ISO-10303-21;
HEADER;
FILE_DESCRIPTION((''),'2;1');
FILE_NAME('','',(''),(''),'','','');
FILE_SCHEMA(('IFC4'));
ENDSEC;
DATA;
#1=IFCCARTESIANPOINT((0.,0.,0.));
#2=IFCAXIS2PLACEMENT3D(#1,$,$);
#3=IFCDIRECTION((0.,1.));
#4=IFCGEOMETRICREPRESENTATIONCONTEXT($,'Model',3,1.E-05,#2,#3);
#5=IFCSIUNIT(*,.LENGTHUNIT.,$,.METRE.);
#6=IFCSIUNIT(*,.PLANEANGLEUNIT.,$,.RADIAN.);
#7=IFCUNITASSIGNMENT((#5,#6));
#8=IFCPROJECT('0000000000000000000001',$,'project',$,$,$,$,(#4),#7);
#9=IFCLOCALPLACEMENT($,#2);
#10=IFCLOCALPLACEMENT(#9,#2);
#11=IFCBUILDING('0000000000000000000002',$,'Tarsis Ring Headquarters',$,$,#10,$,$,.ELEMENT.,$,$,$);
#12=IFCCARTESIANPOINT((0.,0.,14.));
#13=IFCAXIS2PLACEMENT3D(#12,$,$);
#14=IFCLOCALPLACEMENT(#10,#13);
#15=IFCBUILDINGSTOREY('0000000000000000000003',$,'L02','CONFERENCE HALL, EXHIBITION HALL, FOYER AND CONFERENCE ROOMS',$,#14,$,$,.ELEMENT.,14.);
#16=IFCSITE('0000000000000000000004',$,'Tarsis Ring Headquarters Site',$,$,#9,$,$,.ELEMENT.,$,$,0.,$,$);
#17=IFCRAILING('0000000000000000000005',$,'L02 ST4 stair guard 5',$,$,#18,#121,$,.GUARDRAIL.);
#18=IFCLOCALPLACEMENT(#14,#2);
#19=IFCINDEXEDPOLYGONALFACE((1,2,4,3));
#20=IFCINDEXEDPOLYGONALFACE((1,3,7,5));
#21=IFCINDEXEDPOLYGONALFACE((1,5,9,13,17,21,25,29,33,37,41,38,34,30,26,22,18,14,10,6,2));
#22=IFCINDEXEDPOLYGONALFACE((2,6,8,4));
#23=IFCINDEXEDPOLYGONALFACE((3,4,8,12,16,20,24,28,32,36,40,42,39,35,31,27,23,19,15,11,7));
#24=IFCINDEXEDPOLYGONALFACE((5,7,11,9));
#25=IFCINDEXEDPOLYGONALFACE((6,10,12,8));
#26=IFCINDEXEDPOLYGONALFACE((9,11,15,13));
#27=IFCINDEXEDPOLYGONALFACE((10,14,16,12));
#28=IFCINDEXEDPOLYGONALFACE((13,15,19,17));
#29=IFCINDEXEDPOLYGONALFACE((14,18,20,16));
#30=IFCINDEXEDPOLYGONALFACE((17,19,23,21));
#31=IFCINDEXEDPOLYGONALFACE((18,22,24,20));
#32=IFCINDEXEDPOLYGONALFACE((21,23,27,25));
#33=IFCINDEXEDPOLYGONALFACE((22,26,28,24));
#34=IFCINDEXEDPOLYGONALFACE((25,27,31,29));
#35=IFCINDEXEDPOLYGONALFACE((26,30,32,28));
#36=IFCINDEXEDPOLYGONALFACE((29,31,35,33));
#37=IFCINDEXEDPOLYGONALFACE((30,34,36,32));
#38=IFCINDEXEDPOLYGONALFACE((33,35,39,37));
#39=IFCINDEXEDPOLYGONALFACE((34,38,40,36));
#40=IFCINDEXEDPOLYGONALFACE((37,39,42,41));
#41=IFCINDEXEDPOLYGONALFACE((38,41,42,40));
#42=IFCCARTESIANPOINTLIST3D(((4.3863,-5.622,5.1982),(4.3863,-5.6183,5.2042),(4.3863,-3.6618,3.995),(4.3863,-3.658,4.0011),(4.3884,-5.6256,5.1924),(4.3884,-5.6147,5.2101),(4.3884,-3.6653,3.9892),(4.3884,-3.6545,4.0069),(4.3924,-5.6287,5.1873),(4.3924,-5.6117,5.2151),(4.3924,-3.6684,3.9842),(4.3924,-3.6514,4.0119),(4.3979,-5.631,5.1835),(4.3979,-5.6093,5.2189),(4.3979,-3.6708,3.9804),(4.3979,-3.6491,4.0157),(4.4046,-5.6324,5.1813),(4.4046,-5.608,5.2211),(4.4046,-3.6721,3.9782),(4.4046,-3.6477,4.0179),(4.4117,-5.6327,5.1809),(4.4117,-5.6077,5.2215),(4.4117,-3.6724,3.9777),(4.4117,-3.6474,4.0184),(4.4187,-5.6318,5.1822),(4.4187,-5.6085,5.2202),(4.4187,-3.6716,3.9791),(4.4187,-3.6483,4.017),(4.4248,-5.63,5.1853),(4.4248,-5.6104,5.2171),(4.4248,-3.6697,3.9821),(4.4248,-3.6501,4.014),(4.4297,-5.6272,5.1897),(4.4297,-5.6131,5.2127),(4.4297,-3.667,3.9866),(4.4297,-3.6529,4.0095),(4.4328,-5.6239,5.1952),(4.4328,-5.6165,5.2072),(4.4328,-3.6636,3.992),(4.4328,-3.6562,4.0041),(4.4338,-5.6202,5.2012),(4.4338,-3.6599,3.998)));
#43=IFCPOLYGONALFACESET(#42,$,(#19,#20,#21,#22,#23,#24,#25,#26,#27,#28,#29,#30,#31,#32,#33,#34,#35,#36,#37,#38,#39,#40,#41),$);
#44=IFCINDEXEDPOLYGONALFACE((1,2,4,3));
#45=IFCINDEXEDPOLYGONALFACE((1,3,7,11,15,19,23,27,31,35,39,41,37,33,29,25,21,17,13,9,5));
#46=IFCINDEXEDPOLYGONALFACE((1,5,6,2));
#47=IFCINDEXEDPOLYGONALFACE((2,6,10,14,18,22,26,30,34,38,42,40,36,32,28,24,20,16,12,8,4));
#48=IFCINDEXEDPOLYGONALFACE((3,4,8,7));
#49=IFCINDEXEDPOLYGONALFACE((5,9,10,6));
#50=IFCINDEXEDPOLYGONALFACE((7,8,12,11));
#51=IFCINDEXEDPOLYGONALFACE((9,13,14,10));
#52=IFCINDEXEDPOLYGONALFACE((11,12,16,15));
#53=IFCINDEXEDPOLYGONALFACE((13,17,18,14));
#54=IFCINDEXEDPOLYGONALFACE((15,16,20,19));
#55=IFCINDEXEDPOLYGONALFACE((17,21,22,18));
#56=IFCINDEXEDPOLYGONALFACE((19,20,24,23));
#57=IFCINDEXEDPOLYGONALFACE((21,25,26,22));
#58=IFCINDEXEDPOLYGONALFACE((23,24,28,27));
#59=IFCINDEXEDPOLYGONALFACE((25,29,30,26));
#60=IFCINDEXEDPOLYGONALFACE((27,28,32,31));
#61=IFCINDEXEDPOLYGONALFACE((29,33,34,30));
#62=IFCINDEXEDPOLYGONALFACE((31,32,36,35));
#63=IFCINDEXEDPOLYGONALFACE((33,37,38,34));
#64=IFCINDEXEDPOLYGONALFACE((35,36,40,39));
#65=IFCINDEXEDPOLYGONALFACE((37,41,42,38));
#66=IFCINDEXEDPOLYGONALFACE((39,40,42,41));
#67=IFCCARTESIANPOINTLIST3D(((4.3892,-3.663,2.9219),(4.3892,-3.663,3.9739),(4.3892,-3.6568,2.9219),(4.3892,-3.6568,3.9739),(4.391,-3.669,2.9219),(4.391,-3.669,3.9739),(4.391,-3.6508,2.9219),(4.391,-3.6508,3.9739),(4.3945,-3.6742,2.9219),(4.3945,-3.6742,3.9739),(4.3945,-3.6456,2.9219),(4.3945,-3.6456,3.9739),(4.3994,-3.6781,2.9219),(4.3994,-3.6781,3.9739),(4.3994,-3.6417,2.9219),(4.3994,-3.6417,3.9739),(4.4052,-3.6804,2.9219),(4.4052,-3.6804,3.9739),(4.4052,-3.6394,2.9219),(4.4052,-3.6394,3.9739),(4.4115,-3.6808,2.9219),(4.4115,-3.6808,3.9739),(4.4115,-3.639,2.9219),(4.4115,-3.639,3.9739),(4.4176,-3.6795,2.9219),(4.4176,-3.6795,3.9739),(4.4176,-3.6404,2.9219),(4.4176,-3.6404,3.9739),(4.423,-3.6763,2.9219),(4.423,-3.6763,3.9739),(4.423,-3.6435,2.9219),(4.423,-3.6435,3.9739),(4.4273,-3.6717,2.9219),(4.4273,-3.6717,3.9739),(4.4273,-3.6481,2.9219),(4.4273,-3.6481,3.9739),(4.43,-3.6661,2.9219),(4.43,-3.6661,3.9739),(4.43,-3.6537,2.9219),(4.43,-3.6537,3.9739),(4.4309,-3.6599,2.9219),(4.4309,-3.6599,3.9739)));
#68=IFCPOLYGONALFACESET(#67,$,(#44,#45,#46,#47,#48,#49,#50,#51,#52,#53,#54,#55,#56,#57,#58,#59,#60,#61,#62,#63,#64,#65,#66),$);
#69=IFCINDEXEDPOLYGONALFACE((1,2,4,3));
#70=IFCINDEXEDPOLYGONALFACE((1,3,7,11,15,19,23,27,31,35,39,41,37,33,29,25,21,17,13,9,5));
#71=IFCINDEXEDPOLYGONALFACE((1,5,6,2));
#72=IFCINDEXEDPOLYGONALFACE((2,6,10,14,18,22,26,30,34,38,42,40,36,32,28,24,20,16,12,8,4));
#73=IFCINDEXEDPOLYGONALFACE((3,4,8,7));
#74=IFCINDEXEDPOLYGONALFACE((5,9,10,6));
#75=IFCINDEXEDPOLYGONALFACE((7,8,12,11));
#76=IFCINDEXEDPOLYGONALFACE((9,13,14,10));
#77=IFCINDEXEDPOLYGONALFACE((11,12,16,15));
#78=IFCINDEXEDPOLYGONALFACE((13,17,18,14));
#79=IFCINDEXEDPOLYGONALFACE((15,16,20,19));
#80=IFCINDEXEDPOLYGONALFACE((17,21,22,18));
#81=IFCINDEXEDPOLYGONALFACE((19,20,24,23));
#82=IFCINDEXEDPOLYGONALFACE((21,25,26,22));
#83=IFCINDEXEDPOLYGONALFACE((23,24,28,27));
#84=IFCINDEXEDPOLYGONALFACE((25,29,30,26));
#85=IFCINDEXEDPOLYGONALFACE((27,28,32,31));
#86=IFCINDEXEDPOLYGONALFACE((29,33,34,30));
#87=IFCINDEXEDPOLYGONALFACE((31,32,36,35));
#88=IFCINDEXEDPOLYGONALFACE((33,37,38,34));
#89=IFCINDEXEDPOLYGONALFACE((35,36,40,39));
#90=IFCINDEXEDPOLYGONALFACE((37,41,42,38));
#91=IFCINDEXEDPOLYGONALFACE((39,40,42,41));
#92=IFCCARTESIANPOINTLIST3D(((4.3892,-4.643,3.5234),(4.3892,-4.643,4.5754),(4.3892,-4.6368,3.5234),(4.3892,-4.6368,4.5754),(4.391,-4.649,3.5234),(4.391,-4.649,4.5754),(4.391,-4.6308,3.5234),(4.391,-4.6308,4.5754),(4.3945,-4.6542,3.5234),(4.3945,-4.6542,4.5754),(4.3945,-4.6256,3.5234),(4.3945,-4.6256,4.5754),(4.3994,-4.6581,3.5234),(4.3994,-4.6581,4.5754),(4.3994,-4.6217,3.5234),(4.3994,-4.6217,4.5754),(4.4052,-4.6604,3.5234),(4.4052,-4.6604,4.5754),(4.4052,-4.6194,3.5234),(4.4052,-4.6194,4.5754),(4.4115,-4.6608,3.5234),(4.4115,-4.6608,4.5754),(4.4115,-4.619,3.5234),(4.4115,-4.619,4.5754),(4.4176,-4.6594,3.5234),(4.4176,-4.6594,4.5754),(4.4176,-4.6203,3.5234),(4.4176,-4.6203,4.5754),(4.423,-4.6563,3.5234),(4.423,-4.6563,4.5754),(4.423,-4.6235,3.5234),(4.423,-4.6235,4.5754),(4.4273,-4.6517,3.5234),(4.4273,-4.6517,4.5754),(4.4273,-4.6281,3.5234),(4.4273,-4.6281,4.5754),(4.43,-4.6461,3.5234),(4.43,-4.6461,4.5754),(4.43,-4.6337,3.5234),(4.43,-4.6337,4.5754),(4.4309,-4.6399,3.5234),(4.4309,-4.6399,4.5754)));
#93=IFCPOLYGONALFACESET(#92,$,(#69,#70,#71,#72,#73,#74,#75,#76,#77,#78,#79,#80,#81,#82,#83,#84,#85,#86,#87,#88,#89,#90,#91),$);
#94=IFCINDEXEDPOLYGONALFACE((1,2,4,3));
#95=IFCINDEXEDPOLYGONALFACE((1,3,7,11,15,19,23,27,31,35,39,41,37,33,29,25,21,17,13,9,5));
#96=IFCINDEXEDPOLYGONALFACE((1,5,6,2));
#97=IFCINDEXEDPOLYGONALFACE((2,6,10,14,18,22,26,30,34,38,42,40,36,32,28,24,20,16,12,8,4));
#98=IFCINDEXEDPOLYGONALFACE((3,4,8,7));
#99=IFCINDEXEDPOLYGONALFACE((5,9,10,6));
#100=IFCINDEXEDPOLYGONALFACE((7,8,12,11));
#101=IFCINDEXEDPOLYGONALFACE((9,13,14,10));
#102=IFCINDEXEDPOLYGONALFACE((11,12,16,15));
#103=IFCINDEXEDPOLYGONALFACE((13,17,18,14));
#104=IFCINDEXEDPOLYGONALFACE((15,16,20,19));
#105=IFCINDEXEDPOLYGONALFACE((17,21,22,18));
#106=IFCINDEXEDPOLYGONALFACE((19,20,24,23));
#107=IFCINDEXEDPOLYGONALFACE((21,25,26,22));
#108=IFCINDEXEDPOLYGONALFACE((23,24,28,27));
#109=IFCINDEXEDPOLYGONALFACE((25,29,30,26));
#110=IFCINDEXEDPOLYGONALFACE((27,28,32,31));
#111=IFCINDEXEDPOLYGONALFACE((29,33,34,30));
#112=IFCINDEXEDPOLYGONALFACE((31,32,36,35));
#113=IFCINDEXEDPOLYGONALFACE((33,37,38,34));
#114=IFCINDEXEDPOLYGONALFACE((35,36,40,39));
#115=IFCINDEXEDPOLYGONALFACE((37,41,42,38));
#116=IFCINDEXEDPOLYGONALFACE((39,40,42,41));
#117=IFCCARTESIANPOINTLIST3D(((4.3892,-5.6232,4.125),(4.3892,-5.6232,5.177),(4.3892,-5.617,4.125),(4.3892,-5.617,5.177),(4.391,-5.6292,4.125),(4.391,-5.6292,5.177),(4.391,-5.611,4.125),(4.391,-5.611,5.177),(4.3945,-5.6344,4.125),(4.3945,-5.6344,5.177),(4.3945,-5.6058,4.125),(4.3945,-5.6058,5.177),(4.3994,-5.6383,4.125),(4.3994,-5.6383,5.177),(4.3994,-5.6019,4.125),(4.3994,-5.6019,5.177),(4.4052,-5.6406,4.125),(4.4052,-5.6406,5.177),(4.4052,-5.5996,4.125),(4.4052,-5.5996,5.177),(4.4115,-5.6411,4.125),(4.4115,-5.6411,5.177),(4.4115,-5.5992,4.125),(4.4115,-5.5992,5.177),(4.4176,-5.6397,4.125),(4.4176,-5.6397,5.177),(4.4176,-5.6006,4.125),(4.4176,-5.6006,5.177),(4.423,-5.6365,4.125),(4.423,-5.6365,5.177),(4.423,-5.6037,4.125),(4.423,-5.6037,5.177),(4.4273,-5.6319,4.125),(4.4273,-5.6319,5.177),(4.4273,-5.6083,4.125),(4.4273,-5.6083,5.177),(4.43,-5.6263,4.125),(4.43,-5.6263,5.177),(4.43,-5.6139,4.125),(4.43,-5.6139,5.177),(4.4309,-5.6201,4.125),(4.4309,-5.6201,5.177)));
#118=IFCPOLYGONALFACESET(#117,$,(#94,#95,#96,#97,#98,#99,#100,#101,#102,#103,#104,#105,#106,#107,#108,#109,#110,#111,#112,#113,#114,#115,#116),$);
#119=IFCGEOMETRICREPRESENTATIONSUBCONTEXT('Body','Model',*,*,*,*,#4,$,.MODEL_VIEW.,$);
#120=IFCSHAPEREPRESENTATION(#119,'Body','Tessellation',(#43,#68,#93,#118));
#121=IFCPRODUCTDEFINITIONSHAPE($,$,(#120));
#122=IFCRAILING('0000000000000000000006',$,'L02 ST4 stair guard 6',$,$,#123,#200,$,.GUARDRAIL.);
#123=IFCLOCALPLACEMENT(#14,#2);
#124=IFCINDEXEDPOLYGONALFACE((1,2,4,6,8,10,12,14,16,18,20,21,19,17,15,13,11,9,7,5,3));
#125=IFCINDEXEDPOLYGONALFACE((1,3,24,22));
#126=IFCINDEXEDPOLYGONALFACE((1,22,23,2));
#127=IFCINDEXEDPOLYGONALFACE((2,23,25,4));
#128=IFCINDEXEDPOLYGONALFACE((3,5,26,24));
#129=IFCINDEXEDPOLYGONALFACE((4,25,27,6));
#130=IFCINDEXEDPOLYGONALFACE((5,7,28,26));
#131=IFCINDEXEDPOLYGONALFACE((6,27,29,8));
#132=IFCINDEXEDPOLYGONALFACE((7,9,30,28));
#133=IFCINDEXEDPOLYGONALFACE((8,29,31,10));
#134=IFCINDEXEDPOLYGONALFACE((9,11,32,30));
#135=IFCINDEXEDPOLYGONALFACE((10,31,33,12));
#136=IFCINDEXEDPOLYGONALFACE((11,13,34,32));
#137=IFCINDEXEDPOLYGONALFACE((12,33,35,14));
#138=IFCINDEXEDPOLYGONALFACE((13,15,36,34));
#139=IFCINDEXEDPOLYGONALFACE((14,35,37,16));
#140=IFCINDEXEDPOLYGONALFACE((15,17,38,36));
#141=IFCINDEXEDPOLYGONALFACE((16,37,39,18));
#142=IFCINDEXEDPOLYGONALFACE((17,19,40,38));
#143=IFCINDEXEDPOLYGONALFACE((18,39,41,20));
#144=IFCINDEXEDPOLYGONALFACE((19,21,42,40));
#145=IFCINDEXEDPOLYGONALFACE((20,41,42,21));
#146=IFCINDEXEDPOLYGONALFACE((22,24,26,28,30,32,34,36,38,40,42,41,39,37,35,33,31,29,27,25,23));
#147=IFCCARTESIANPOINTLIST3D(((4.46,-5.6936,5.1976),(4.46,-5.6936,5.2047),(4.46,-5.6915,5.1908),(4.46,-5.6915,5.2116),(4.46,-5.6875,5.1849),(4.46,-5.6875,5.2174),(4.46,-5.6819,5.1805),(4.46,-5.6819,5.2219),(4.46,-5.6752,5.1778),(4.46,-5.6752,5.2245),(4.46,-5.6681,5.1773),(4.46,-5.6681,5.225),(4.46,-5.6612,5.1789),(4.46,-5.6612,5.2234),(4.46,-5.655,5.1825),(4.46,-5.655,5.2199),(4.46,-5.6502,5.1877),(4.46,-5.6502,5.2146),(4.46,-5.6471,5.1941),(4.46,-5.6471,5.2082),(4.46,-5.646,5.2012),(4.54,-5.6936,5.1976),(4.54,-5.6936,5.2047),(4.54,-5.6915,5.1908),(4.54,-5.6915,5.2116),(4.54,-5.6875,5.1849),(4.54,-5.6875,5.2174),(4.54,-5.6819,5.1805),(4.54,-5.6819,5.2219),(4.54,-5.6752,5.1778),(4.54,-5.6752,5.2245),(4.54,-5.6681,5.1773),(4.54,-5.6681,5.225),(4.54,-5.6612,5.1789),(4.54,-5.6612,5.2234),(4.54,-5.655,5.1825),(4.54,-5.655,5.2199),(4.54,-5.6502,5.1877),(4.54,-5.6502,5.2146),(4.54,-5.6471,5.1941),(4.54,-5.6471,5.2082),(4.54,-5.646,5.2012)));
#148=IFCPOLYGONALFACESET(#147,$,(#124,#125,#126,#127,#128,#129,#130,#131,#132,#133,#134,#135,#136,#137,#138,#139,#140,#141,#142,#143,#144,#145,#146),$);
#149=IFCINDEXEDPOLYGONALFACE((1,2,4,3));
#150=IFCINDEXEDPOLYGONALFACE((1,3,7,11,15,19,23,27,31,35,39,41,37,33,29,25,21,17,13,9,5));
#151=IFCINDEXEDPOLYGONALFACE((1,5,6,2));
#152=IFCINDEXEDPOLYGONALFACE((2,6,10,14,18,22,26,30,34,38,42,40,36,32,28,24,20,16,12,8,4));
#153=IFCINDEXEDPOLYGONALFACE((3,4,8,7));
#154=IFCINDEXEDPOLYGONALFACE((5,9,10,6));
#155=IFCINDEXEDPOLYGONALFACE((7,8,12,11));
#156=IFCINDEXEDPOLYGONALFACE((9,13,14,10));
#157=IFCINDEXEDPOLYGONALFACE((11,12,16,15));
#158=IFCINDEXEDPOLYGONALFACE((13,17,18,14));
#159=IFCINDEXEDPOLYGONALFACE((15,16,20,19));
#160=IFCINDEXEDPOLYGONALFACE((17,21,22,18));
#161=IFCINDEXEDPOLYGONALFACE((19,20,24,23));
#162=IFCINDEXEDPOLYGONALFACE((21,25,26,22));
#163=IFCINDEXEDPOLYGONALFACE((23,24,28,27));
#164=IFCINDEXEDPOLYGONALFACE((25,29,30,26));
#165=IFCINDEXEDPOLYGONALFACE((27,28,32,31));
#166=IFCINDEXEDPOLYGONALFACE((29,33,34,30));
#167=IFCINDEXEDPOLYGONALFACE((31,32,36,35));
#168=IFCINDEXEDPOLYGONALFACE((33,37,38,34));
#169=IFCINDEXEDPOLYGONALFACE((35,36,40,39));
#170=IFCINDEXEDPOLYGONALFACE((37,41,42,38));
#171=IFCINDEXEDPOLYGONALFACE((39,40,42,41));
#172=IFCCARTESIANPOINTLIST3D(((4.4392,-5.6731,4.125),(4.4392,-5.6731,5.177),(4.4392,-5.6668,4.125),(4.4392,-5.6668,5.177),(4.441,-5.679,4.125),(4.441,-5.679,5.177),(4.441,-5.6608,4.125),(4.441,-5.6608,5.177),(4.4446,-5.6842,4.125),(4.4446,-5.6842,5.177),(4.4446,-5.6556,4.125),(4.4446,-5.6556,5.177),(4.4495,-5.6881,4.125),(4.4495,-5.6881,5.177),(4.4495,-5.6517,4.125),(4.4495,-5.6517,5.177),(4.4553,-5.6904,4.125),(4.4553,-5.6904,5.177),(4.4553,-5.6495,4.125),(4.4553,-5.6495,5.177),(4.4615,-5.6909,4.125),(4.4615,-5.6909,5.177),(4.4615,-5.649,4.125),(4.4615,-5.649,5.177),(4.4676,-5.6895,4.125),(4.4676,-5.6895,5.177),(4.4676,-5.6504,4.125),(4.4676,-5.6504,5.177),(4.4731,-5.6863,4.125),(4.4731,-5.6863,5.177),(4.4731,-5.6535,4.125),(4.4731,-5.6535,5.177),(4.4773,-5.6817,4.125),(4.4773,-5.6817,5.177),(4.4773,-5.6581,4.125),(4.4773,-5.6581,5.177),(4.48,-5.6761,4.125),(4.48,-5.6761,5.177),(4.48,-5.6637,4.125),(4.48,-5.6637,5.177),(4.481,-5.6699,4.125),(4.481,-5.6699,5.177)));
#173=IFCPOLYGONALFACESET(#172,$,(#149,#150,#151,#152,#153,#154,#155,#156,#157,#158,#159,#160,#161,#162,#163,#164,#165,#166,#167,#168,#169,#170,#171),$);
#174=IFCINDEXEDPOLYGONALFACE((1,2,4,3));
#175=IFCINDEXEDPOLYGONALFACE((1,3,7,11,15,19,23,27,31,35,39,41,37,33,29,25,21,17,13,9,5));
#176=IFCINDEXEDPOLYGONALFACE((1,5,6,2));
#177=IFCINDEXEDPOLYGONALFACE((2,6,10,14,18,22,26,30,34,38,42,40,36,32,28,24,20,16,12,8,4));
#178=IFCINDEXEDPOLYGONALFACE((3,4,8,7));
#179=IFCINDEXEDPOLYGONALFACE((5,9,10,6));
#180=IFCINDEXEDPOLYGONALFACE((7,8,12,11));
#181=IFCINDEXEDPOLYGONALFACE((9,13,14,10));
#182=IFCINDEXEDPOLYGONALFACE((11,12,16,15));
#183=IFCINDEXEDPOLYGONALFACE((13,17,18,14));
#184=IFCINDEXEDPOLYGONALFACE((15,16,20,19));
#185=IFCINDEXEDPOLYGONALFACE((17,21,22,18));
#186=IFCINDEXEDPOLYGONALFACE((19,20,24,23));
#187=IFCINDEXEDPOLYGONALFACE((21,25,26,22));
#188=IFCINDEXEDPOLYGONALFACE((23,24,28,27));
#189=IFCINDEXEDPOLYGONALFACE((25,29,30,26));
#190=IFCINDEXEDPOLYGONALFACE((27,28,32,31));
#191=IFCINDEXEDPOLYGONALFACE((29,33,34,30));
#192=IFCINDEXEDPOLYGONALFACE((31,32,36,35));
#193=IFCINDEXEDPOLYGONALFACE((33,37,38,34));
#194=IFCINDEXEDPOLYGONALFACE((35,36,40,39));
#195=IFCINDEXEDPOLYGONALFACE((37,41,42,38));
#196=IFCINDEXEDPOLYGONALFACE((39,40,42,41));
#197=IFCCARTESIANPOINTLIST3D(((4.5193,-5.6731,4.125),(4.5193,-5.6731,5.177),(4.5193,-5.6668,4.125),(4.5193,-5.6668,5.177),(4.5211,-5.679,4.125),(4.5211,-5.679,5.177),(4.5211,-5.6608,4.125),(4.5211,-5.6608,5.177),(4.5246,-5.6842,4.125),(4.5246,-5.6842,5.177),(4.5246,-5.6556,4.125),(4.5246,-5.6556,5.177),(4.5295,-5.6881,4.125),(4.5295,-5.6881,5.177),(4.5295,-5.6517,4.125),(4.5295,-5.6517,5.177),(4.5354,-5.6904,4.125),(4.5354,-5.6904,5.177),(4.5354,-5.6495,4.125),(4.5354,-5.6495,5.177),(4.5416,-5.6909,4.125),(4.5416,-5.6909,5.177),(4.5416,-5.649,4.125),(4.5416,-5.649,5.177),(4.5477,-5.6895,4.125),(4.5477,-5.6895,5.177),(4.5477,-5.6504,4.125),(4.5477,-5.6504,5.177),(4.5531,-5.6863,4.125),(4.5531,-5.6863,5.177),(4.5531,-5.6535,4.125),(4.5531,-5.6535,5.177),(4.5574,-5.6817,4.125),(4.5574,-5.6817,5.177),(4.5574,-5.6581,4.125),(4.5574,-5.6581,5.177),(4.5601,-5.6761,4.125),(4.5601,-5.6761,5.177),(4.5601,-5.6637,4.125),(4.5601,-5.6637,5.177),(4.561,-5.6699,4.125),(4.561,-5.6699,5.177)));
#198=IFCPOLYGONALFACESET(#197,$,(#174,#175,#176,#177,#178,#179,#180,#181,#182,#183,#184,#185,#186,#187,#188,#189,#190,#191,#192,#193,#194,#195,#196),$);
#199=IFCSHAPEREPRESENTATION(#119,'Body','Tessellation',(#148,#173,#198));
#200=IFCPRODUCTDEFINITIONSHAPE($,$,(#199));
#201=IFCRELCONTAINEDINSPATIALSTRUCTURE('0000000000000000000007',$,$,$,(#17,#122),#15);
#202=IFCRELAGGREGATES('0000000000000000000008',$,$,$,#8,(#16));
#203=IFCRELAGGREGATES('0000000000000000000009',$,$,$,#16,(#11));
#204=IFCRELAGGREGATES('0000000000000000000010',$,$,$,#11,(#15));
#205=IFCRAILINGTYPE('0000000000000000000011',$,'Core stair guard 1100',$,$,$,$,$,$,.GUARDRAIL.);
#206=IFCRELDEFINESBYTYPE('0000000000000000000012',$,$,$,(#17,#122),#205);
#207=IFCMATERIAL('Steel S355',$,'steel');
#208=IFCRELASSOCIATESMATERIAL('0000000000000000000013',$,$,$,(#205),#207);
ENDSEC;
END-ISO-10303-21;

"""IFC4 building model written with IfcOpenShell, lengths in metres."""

from ifc_helpers import new_model, si_unit, direction, frame, origin, origin_2d, place, context, subcontext, project, spatial, circle, extrude, material, type_object, element, save


model = new_model("IFC4")

# Units and contexts
model_context = context("Model", 3, precision=1e-05, world=origin(), true_north=direction((0.0, 1.0)))
body_context = subcontext(model_context, "Body", "Model", "MODEL_VIEW")
ifc_project = project(units=[si_unit("LENGTHUNIT", "METRE"), si_unit("PLANEANGLEUNIT", "RADIAN")], contexts=[model_context])

# Site, building, storey
site_placement = place(None, origin())
site = spatial("IfcSite", under=ifc_project, at=site_placement, Name="Tarsis Ring Headquarters Site", CompositionType="ELEMENT", RefElevation=0.0)
building_placement = place(site_placement, origin())
building = spatial("IfcBuilding", under=site, at=building_placement, Name="Tarsis Ring Headquarters", CompositionType="ELEMENT")
storey_placement = place(building_placement, frame((0.0, 0.0, 14.0)))
storey = spatial("IfcBuildingStorey", under=building, at=storey_placement, Name="L02", Description="CONFERENCE HALL, EXHIBITION HALL, FOYER AND CONFERENCE ROOMS", CompositionType="ELEMENT", Elevation=14.0)

# Railings
ifc_material_1 = material(Name="Steel S355", Category="steel")
railing_type_1 = type_object("IfcRailingType", Name="Core stair guard 1100", PredefinedType="GUARDRAIL", material=ifc_material_1)
railing_1_placement = place(storey_placement, frame((4.4099, -3.6599, 2.9219)))
element("IfcRailing", 1, at=railing_1_placement, inside=storey, type_object=railing_type_1, Name="L02 ST4 stair guard 5", PredefinedType="GUARDRAIL", context=body_context, shape_type="SweptSolid", body=[
    extrude(circle(Radius=0.0239, at=origin_2d()), frame((0.0, 0.0, 1.0762), z_axis=(0.0, -0.85227, 0.523102), x_axis=(1.0, 0.0, 0.0)), (0.0, 0.0, 1.0), 2.3),
    extrude(circle(Radius=0.021, at=origin_2d()), origin(), (0.0, 0.0, 1.0), 1.052),
    extrude(circle(Radius=0.021, at=origin_2d()), frame((0.0, -0.98, 0.6016)), (0.0, 0.0, 1.0), 1.052),
    extrude(circle(Radius=0.021, at=origin_2d()), frame((0.0, -1.9602, 1.2031)), (0.0, 0.0, 1.0), 1.052),
])
railing_2_placement = place(storey_placement, frame((4.46, -5.6699, 4.125)))
element("IfcRailing", 2, at=railing_2_placement, inside=storey, type_object=railing_type_1, Name="L02 ST4 stair guard 6", PredefinedType="GUARDRAIL", context=body_context, shape_type="SweptSolid", body=[
    extrude(circle(Radius=0.0239, at=origin_2d()), frame((0.0, 0.0, 1.0762), z_axis=(1.0, 0.0, 0.0), x_axis=(0.0, 1.0, 0.0)), (0.0, 0.0, 1.0), 0.0801),
    extrude(circle(Radius=0.021, at=origin_2d()), origin(), (0.0, 0.0, 1.0), 1.052),
    extrude(circle(Radius=0.021, at=origin_2d()), frame((0.0801, 0.0, 0.0)), (0.0, 0.0, 1.0), 1.052),
])

save(model, "model.ifc")
